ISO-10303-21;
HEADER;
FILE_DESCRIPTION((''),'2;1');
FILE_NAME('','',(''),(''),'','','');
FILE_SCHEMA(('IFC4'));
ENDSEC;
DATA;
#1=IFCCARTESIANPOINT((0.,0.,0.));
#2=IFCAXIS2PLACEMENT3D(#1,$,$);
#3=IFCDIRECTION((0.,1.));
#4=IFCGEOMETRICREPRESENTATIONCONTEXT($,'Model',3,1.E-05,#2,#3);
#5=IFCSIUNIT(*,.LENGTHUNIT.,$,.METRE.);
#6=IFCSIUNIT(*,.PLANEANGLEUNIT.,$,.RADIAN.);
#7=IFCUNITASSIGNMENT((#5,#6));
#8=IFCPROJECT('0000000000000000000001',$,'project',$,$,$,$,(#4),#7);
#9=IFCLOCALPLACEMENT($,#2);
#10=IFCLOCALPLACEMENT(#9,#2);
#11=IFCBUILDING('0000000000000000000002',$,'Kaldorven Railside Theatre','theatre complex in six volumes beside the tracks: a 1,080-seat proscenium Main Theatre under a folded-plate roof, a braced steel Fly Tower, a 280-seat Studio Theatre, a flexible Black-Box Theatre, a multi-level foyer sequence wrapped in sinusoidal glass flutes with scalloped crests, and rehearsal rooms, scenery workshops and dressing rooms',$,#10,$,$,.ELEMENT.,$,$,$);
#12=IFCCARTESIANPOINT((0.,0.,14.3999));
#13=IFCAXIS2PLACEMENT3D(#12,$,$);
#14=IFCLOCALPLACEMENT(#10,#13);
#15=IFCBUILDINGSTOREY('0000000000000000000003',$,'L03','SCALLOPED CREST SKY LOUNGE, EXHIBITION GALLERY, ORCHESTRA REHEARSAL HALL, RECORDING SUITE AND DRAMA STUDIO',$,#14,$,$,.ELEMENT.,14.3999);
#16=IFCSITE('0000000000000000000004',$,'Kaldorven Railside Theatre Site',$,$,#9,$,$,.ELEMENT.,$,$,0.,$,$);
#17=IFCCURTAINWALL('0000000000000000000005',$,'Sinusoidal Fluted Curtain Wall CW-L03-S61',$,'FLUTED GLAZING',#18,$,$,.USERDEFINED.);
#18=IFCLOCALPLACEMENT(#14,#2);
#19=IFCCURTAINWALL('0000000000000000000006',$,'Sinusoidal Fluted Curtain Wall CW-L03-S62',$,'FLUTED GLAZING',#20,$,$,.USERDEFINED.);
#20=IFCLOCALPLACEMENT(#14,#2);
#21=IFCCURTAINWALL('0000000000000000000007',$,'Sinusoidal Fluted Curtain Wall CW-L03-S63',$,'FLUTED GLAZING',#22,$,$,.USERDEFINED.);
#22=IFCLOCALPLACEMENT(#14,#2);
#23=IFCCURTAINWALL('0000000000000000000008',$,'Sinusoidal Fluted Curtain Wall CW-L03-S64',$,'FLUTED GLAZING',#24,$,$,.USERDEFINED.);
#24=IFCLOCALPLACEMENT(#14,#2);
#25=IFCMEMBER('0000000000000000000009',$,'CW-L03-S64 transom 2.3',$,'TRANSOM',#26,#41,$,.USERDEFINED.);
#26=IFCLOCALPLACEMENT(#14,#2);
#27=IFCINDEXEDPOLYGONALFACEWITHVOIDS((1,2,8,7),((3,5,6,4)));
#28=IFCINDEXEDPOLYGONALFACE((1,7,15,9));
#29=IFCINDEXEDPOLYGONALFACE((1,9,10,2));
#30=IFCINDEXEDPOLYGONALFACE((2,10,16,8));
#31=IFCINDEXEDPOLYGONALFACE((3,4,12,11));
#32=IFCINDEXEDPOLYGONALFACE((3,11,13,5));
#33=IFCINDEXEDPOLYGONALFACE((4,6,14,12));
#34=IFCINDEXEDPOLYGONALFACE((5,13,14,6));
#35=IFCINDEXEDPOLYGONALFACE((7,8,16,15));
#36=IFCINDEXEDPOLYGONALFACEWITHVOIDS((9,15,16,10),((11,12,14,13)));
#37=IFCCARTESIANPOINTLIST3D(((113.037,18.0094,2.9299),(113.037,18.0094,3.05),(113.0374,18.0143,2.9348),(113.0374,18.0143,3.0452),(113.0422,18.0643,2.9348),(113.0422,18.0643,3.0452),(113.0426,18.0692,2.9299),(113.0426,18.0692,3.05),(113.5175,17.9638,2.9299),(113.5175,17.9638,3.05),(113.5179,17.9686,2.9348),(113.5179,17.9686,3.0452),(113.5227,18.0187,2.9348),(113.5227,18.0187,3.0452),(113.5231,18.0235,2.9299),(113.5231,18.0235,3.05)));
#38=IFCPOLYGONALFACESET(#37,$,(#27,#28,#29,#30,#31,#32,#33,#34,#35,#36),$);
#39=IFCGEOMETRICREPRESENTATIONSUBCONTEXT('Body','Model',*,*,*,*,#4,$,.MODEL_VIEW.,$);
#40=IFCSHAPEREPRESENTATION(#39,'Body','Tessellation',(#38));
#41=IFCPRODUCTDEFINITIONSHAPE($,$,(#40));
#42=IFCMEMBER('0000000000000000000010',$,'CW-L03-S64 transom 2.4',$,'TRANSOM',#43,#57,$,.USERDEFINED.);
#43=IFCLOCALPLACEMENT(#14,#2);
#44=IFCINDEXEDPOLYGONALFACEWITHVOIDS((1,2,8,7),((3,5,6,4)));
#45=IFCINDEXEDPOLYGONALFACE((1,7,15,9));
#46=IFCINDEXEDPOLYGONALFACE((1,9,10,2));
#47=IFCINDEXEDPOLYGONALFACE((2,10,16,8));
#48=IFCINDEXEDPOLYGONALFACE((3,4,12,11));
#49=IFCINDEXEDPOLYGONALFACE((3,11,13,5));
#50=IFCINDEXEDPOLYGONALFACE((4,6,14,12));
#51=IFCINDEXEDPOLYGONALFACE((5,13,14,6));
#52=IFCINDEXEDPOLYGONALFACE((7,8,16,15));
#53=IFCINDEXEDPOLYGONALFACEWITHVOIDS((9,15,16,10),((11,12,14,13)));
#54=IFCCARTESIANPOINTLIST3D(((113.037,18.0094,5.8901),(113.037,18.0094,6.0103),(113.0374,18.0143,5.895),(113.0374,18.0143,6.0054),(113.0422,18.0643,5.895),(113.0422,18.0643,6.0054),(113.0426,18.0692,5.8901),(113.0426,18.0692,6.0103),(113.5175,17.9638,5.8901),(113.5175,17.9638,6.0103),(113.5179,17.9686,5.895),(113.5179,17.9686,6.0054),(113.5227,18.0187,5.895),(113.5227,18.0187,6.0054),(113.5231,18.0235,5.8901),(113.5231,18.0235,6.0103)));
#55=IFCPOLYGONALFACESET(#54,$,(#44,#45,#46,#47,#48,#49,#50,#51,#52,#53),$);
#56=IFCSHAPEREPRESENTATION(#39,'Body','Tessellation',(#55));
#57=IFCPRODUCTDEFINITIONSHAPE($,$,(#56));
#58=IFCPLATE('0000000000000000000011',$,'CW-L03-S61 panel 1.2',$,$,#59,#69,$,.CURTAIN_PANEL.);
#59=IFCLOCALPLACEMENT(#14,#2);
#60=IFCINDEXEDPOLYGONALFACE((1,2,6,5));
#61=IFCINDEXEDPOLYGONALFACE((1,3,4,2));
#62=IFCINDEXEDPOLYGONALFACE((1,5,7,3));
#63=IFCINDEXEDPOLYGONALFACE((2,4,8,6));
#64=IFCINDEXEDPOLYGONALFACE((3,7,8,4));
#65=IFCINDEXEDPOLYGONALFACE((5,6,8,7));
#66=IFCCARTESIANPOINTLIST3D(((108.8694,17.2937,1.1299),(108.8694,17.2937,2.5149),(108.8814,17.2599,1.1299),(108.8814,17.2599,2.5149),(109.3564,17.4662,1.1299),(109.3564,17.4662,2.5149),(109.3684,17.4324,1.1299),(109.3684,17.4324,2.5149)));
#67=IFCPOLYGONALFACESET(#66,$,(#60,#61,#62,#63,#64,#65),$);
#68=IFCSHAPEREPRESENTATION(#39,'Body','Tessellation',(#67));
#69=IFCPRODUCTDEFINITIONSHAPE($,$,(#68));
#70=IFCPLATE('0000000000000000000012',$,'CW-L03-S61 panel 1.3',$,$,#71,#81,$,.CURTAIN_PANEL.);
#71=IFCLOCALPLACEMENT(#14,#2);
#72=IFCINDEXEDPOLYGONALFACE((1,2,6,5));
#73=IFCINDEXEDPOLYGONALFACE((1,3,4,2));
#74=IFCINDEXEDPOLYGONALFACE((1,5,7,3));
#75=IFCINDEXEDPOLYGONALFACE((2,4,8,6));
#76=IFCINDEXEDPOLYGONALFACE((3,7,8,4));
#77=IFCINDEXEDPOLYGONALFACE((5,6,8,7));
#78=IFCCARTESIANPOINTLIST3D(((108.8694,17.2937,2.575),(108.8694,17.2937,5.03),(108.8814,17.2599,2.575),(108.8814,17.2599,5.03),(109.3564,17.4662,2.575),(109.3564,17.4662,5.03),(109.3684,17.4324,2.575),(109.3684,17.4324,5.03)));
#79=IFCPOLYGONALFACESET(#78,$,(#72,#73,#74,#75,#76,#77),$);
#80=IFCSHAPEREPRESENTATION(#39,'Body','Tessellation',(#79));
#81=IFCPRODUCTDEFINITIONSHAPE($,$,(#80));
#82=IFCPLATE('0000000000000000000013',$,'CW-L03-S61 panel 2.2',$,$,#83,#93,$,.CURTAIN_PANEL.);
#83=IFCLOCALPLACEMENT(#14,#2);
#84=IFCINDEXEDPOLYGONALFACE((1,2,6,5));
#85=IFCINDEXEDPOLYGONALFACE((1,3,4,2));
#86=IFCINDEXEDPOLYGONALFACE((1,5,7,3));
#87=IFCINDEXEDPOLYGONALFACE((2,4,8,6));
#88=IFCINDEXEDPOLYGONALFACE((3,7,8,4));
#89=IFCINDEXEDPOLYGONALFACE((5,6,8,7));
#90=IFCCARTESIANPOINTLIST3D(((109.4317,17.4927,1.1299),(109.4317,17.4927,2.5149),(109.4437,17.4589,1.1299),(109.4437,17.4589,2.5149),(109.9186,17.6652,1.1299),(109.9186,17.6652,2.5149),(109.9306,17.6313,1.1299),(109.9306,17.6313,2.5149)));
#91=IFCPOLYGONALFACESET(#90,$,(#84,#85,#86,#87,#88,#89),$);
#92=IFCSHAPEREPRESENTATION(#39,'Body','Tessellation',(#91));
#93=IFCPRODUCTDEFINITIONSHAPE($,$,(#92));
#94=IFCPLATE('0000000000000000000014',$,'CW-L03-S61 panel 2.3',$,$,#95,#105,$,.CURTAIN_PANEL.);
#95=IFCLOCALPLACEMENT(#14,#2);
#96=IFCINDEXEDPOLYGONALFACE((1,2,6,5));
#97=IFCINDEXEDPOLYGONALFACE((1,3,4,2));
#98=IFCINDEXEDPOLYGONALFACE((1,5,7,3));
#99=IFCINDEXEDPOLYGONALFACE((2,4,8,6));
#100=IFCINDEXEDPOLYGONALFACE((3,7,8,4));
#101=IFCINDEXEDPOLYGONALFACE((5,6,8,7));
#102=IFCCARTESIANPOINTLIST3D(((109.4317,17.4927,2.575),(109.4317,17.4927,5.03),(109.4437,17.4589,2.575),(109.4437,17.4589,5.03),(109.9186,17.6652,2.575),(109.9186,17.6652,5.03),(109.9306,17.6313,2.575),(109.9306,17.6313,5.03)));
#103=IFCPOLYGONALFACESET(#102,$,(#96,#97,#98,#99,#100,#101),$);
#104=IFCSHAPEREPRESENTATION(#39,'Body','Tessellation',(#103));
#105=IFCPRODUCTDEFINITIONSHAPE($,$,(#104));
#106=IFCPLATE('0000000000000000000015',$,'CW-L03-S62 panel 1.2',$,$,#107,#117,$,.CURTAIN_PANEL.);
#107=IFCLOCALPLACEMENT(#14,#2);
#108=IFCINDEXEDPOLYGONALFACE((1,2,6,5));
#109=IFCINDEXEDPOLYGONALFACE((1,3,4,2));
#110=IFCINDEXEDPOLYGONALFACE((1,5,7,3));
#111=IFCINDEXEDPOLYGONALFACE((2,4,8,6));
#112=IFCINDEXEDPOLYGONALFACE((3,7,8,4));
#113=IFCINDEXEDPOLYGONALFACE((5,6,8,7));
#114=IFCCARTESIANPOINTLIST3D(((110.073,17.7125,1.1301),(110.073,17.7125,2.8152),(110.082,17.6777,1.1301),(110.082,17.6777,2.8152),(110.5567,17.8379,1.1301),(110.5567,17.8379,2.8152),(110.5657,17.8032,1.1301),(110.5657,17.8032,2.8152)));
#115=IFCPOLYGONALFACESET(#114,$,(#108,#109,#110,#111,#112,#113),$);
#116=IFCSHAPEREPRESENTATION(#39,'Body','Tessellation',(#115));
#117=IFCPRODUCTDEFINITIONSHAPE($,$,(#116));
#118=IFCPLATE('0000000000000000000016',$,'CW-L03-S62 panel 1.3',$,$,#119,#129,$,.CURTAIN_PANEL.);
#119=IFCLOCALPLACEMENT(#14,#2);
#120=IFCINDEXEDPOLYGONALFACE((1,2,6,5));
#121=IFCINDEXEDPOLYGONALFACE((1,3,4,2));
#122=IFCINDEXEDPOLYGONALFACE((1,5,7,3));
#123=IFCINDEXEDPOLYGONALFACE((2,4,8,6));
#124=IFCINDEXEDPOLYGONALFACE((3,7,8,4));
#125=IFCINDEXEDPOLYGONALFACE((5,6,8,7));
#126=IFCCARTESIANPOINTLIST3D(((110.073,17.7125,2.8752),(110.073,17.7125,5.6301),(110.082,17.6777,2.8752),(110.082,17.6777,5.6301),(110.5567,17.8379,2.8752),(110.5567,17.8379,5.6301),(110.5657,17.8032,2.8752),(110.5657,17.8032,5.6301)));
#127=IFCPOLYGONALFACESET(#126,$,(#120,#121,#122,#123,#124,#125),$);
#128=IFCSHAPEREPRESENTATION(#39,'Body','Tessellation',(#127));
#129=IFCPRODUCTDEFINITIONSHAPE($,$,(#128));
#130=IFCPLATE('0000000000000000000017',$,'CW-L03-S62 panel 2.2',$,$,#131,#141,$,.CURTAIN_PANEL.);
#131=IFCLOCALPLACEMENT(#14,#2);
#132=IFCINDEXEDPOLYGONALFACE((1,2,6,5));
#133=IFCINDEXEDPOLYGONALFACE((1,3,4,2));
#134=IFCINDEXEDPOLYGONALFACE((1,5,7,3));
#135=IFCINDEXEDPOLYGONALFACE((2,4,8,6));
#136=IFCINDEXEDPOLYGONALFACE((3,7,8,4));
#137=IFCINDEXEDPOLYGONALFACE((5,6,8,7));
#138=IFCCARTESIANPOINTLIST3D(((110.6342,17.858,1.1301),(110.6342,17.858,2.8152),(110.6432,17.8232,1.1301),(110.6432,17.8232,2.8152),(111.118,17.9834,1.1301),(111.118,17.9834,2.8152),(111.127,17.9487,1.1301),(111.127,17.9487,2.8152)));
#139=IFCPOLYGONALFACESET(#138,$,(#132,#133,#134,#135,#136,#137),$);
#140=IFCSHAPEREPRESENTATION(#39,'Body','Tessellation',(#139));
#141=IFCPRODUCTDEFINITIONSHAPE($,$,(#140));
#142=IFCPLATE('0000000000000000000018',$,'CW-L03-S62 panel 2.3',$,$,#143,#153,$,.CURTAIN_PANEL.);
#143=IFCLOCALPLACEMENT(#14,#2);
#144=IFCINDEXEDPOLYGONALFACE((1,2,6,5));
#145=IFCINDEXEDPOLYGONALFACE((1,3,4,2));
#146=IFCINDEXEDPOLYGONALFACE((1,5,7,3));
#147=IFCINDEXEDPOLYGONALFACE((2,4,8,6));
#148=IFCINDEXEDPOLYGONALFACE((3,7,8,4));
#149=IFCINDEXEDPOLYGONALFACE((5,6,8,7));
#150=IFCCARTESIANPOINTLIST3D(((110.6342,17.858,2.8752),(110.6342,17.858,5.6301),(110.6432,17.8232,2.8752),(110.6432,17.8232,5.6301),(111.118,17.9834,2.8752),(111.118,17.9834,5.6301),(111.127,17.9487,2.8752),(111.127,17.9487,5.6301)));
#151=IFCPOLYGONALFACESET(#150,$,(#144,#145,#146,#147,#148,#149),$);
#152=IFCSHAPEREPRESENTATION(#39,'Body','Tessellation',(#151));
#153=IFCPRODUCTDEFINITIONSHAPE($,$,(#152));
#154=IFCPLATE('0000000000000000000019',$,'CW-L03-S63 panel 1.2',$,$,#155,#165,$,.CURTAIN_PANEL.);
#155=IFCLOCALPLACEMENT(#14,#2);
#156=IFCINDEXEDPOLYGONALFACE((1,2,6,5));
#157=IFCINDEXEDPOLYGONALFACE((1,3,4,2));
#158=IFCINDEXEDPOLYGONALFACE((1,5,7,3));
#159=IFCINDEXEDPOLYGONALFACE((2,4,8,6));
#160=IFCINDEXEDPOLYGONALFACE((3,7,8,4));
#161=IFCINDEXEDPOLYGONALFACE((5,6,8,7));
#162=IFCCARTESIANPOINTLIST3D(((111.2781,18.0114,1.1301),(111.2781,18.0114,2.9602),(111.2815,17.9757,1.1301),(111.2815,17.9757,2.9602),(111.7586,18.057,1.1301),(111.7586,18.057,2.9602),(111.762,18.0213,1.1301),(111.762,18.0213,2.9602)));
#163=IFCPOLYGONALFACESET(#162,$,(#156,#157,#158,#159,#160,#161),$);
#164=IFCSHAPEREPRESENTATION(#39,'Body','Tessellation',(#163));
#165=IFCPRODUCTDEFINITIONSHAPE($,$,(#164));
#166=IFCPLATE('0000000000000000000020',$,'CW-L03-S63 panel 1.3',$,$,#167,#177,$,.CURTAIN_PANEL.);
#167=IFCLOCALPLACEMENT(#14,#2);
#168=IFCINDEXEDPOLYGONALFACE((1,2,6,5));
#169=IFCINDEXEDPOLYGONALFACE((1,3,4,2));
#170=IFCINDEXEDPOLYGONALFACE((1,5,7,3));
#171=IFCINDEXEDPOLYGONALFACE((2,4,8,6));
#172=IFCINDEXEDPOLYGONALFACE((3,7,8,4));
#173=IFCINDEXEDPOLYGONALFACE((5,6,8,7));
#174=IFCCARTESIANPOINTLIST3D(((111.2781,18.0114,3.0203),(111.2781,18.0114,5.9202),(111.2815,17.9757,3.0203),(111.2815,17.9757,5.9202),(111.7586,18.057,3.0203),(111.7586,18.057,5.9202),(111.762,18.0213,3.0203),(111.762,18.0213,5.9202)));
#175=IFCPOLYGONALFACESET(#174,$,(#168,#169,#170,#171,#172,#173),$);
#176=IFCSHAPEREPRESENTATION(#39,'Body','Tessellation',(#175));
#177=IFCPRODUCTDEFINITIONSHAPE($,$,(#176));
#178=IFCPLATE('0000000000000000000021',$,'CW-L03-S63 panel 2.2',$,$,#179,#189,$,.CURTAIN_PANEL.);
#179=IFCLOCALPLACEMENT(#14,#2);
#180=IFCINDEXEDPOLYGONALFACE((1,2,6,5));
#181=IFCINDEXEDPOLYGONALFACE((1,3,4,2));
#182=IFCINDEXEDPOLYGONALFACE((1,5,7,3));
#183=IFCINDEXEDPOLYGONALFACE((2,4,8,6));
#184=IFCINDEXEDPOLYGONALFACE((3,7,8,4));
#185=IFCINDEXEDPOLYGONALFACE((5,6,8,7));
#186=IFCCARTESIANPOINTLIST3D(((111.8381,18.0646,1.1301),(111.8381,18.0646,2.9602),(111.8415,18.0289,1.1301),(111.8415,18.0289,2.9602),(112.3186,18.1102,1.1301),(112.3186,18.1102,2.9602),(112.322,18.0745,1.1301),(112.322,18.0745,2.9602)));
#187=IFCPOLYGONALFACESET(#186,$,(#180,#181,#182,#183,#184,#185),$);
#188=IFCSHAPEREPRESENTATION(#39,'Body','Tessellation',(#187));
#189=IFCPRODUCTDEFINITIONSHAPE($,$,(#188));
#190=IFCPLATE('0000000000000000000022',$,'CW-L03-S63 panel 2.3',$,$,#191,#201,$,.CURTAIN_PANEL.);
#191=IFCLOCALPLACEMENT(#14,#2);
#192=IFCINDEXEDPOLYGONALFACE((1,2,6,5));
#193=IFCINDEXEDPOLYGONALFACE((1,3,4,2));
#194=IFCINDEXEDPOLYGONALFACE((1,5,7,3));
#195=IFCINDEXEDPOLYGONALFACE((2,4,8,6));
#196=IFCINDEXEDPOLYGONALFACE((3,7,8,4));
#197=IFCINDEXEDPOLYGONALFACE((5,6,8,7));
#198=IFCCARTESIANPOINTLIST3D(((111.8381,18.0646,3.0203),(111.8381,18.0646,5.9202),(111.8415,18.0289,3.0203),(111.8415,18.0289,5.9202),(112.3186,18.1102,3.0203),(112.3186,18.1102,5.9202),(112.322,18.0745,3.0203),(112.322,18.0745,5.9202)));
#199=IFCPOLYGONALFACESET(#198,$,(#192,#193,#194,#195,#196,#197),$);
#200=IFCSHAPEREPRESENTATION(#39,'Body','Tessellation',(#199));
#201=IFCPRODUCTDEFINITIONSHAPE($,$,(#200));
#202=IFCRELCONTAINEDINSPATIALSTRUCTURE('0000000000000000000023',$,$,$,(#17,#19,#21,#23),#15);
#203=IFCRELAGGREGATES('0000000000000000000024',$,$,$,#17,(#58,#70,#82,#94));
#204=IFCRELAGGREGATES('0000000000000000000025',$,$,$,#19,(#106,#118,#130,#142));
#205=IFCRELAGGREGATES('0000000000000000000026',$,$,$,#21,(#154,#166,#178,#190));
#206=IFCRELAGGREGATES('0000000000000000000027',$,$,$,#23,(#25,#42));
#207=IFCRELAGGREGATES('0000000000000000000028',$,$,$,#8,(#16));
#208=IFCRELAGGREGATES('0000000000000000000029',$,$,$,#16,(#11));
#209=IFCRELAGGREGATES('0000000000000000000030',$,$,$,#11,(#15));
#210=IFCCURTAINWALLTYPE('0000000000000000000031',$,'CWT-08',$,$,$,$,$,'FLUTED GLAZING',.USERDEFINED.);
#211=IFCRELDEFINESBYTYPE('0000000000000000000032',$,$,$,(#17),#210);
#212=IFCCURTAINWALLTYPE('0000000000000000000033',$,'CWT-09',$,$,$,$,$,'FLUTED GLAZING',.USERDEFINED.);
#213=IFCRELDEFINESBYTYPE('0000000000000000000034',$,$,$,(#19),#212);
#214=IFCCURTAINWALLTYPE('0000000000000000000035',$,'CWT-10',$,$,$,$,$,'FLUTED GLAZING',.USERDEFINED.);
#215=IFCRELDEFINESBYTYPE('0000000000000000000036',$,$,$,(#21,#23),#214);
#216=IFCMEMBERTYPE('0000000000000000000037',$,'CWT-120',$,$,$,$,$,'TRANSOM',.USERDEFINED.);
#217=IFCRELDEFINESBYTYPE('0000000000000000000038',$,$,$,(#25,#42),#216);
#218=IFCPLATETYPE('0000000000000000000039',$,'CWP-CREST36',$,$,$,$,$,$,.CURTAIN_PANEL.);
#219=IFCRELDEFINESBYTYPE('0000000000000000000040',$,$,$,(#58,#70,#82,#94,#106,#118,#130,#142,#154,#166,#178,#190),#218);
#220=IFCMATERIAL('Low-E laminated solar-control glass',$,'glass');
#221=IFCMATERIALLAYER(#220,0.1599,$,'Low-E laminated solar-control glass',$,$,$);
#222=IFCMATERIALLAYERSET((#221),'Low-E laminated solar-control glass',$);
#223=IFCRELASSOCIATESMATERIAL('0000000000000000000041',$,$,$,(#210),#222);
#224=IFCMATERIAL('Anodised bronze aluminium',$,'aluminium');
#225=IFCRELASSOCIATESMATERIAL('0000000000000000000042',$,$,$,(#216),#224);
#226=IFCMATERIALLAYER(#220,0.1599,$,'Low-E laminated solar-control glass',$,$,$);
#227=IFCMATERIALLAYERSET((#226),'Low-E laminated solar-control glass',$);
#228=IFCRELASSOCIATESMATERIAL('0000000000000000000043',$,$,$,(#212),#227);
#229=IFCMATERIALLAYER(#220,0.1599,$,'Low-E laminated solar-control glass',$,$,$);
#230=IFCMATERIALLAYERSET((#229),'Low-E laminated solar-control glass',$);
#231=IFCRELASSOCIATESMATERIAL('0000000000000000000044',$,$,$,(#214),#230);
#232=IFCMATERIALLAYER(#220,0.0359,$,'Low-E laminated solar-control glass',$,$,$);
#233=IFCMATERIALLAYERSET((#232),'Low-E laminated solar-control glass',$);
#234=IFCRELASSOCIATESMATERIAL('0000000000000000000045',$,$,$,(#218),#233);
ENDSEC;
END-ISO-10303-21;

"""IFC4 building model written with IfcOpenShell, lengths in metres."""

from ifc_helpers import new_model, si_unit, direction, frame, origin, origin_2d, place, context, subcontext, project, spatial, rectangle, hollow_rectangle, extrude, material, layer, layer_set, material_profile, profile_set, type_object, element, aggregate, save


model = new_model("IFC4")

# Units and contexts
model_context = context("Model", 3, precision=1e-05, world=origin(), true_north=direction((0.0, 1.0)))
body_context = subcontext(model_context, "Body", "Model", "MODEL_VIEW")
ifc_project = project(units=[si_unit("LENGTHUNIT", "METRE"), si_unit("PLANEANGLEUNIT", "RADIAN")], contexts=[model_context])

# Site, building, storey
site_placement = place(None, origin())
site = spatial("IfcSite", under=ifc_project, at=site_placement, Name="Kaldorven Railside Theatre Site", CompositionType="ELEMENT", RefElevation=0.0)
building_placement = place(site_placement, origin())
building = spatial("IfcBuilding", under=site, at=building_placement, Name="Kaldorven Railside Theatre", Description="theatre complex in six volumes beside the tracks: a 1,080-seat proscenium Main Theatre under a folded-plate roof, a braced steel Fly Tower, a 280-seat Studio Theatre, a flexible Black-Box Theatre, a multi-level foyer sequence wrapped in sinusoidal glass flutes with scalloped crests, and rehearsal rooms, scenery workshops and dressing rooms", CompositionType="ELEMENT")
storey_placement = place(building_placement, frame((0.0, 0.0, 14.3999)))
storey = spatial("IfcBuildingStorey", under=building, at=storey_placement, Name="L03", Description="SCALLOPED CREST SKY LOUNGE, EXHIBITION GALLERY, ORCHESTRA REHEARSAL HALL, RECORDING SUITE AND DRAMA STUDIO", CompositionType="ELEMENT", Elevation=14.3999)

# Curtain walls, members
ifc_material_1 = material(Name="Low-E laminated solar-control glass", Category="glass")
ifc_layer_1 = layer(ifc_material_1, 0.1599, Name="Low-E laminated solar-control glass")
ifc_layer_set_1 = layer_set([ifc_layer_1], Name="Low-E laminated solar-control glass")
curtain_wall_type_1 = type_object("IfcCurtainWallType", Name="CWT-08", ElementType="FLUTED GLAZING", PredefinedType="USERDEFINED", material=ifc_layer_set_1)
curtain_wall_1_placement = place(storey_placement, origin())
curtain_wall_1 = element("IfcCurtainWall", 1, at=curtain_wall_1_placement, inside=storey, type_object=curtain_wall_type_1, Name="Sinusoidal Fluted Curtain Wall CW-L03-S61", ObjectType="FLUTED GLAZING", PredefinedType="USERDEFINED")
ifc_material_2 = material(Name="Anodised bronze aluminium", Category="aluminium")
ifc_material_profile = material_profile(ifc_material_2, hollow_rectangle(XDim=0.0601, YDim=0.1201, WallThickness=0.0049, at=origin_2d()), Name="RHS 120x60x5")
ifc_profile_set = profile_set([ifc_material_profile], Name="Anodised bronze aluminium")
member_type = type_object("IfcMemberType", Name="CWT-120", ElementType="TRANSOM", PredefinedType="USERDEFINED", material=ifc_profile_set)
ifc_layer_2 = layer(ifc_material_1, 0.1599, Name="Low-E laminated solar-control glass")
ifc_layer_set_2 = layer_set([ifc_layer_2], Name="Low-E laminated solar-control glass")
curtain_wall_type_2 = type_object("IfcCurtainWallType", Name="CWT-09", ElementType="FLUTED GLAZING", PredefinedType="USERDEFINED", material=ifc_layer_set_2)
curtain_wall_2_placement = place(storey_placement, origin())
curtain_wall_2 = element("IfcCurtainWall", 2, at=curtain_wall_2_placement, inside=storey, type_object=curtain_wall_type_2, Name="Sinusoidal Fluted Curtain Wall CW-L03-S62", ObjectType="FLUTED GLAZING", PredefinedType="USERDEFINED")
ifc_layer_3 = layer(ifc_material_1, 0.1599, Name="Low-E laminated solar-control glass")
ifc_layer_set_3 = layer_set([ifc_layer_3], Name="Low-E laminated solar-control glass")
curtain_wall_type_3 = type_object("IfcCurtainWallType", Name="CWT-10", ElementType="FLUTED GLAZING", PredefinedType="USERDEFINED", material=ifc_layer_set_3)
curtain_wall_3_placement = place(storey_placement, origin())
curtain_wall_3 = element("IfcCurtainWall", 3, at=curtain_wall_3_placement, inside=storey, type_object=curtain_wall_type_3, Name="Sinusoidal Fluted Curtain Wall CW-L03-S63", ObjectType="FLUTED GLAZING", PredefinedType="USERDEFINED")
curtain_wall_4_placement = place(storey_placement, origin())
curtain_wall_4 = element("IfcCurtainWall", 4, at=curtain_wall_4_placement, inside=storey, type_object=curtain_wall_type_3, Name="Sinusoidal Fluted Curtain Wall CW-L03-S64", ObjectType="FLUTED GLAZING", PredefinedType="USERDEFINED")
member_1_placement = place(storey_placement, frame((113.0398, 18.0393, 2.99), z_axis=(0.995516, -0.094594, 0.0), x_axis=(0.094594, 0.995516, 0.0)))
member_1 = element("IfcMember", 5, at=member_1_placement, type_object=member_type, Name="CW-L03-S64 transom 2.3", ObjectType="TRANSOM", PredefinedType="USERDEFINED", context=body_context, shape_type="SweptSolid", body=[
    extrude(hollow_rectangle(XDim=0.0601, YDim=0.1201, WallThickness=0.0049, at=origin_2d()), origin(), (0.0, 0.0, 1.0), 0.4827),
])
member_2_placement = place(storey_placement, frame((113.0398, 18.0393, 5.9502), z_axis=(0.995516, -0.094594, 0.0), x_axis=(0.094594, 0.995516, 0.0)))
member_2 = element("IfcMember", 6, at=member_2_placement, type_object=member_type, Name="CW-L03-S64 transom 2.4", ObjectType="TRANSOM", PredefinedType="USERDEFINED", context=body_context, shape_type="SweptSolid", body=[
    extrude(hollow_rectangle(XDim=0.0601, YDim=0.1201, WallThickness=0.0049, at=origin_2d()), origin(), (0.0, 0.0, 1.0), 0.4827),
])

# Plates
ifc_layer_4 = layer(ifc_material_1, 0.0359, Name="Low-E laminated solar-control glass")
ifc_layer_set_4 = layer_set([ifc_layer_4], Name="Low-E laminated solar-control glass")
plate_type = type_object("IfcPlateType", Name="CWP-CREST36", PredefinedType="CURTAIN_PANEL", material=ifc_layer_set_4)
plate_1_placement = place(storey_placement, frame((109.1189, 17.363, 1.1299), z_axis=(0.0, 0.0, 1.0), x_axis=(0.942627, 0.333847, 0.0)))
plate_1 = element("IfcPlate", 7, at=plate_1_placement, type_object=plate_type, Name="CW-L03-S61 panel 1.2", PredefinedType="CURTAIN_PANEL", context=body_context, shape_type="SweptSolid", body=[
    extrude(rectangle(XDim=0.5166, YDim=0.0359, at=origin_2d()), origin(), (0.0, 0.0, 1.0), 1.385),
])
plate_2_placement = place(storey_placement, frame((109.1189, 17.363, 2.575), z_axis=(0.0, 0.0, 1.0), x_axis=(0.942627, 0.333847, 0.0)))
plate_2 = element("IfcPlate", 8, at=plate_2_placement, type_object=plate_type, Name="CW-L03-S61 panel 1.3", PredefinedType="CURTAIN_PANEL", context=body_context, shape_type="SweptSolid", body=[
    extrude(rectangle(XDim=0.5166, YDim=0.0359, at=origin_2d()), origin(), (0.0, 0.0, 1.0), 2.4551),
])
plate_3_placement = place(storey_placement, frame((109.6812, 17.562, 1.1299), z_axis=(0.0, 0.0, 1.0), x_axis=(0.942627, 0.333847, 0.0)))
plate_3 = element("IfcPlate", 9, at=plate_3_placement, type_object=plate_type, Name="CW-L03-S61 panel 2.2", PredefinedType="CURTAIN_PANEL", context=body_context, shape_type="SweptSolid", body=[
    extrude(rectangle(XDim=0.5166, YDim=0.0359, at=origin_2d()), origin(), (0.0, 0.0, 1.0), 1.385),
])
plate_4_placement = place(storey_placement, frame((109.6812, 17.562, 2.575), z_axis=(0.0, 0.0, 1.0), x_axis=(0.942627, 0.333847, 0.0)))
plate_4 = element("IfcPlate", 10, at=plate_4_placement, type_object=plate_type, Name="CW-L03-S61 panel 2.3", PredefinedType="CURTAIN_PANEL", context=body_context, shape_type="SweptSolid", body=[
    extrude(rectangle(XDim=0.5166, YDim=0.0359, at=origin_2d()), origin(), (0.0, 0.0, 1.0), 2.4551),
])
aggregate(curtain_wall_1, [plate_1, plate_2, plate_3, plate_4])
plate_5_placement = place(storey_placement, frame((110.3193, 17.7578, 1.1301), z_axis=(0.0, 0.0, 1.0), x_axis=(0.967999, 0.250954, 0.0)))
plate_5 = element("IfcPlate", 11, at=plate_5_placement, type_object=plate_type, Name="CW-L03-S62 panel 1.2", PredefinedType="CURTAIN_PANEL", context=body_context, shape_type="SweptSolid", body=[
    extrude(rectangle(XDim=0.4998, YDim=0.0359, at=origin_2d()), origin(), (0.0, 0.0, 1.0), 1.6851),
])
plate_6_placement = place(storey_placement, frame((110.3193, 17.7578, 2.8752), z_axis=(0.0, 0.0, 1.0), x_axis=(0.967999, 0.250954, 0.0)))
plate_6 = element("IfcPlate", 12, at=plate_6_placement, type_object=plate_type, Name="CW-L03-S62 panel 1.3", PredefinedType="CURTAIN_PANEL", context=body_context, shape_type="SweptSolid", body=[
    extrude(rectangle(XDim=0.4998, YDim=0.0359, at=origin_2d()), origin(), (0.0, 0.0, 1.0), 2.7549),
])
plate_7_placement = place(storey_placement, frame((110.8806, 17.9033, 1.1301), z_axis=(0.0, 0.0, 1.0), x_axis=(0.967999, 0.250954, 0.0)))
plate_7 = element("IfcPlate", 13, at=plate_7_placement, type_object=plate_type, Name="CW-L03-S62 panel 2.2", PredefinedType="CURTAIN_PANEL", context=body_context, shape_type="SweptSolid", body=[
    extrude(rectangle(XDim=0.4998, YDim=0.0359, at=origin_2d()), origin(), (0.0, 0.0, 1.0), 1.6851),
])
plate_8_placement = place(storey_placement, frame((110.8806, 17.9033, 2.8752), z_axis=(0.0, 0.0, 1.0), x_axis=(0.967999, 0.250954, 0.0)))
plate_8 = element("IfcPlate", 14, at=plate_8_placement, type_object=plate_type, Name="CW-L03-S62 panel 2.3", PredefinedType="CURTAIN_PANEL", context=body_context, shape_type="SweptSolid", body=[
    extrude(rectangle(XDim=0.4998, YDim=0.0359, at=origin_2d()), origin(), (0.0, 0.0, 1.0), 2.7549),
])
aggregate(curtain_wall_2, [plate_5, plate_6, plate_7, plate_8])
plate_9_placement = place(storey_placement, frame((111.52, 18.0164, 1.1301), z_axis=(0.0, 0.0, 1.0), x_axis=(0.995526, 0.094492, 0.0)))
plate_9 = element("IfcPlate", 15, at=plate_9_placement, type_object=plate_type, Name="CW-L03-S63 panel 1.2", PredefinedType="CURTAIN_PANEL", context=body_context, shape_type="SweptSolid", body=[
    extrude(rectangle(XDim=0.4827, YDim=0.0359, at=origin_2d()), origin(), (0.0, 0.0, 1.0), 1.8301),
])
plate_10_placement = place(storey_placement, frame((111.52, 18.0164, 3.0203), z_axis=(0.0, 0.0, 1.0), x_axis=(0.995526, 0.094492, 0.0)))
plate_10 = element("IfcPlate", 16, at=plate_10_placement, type_object=plate_type, Name="CW-L03-S63 panel 1.3", PredefinedType="CURTAIN_PANEL", context=body_context, shape_type="SweptSolid", body=[
    extrude(rectangle(XDim=0.4827, YDim=0.0359, at=origin_2d()), origin(), (0.0, 0.0, 1.0), 2.8999),
])
plate_11_placement = place(storey_placement, frame((112.0801, 18.0696, 1.1301), z_axis=(0.0, 0.0, 1.0), x_axis=(0.995526, 0.094492, 0.0)))
plate_11 = element("IfcPlate", 17, at=plate_11_placement, type_object=plate_type, Name="CW-L03-S63 panel 2.2", PredefinedType="CURTAIN_PANEL", context=body_context, shape_type="SweptSolid", body=[
    extrude(rectangle(XDim=0.4827, YDim=0.0359, at=origin_2d()), origin(), (0.0, 0.0, 1.0), 1.8301),
])
plate_12_placement = place(storey_placement, frame((112.0801, 18.0696, 3.0203), z_axis=(0.0, 0.0, 1.0), x_axis=(0.995526, 0.094492, 0.0)))
plate_12 = element("IfcPlate", 18, at=plate_12_placement, type_object=plate_type, Name="CW-L03-S63 panel 2.3", PredefinedType="CURTAIN_PANEL", context=body_context, shape_type="SweptSolid", body=[
    extrude(rectangle(XDim=0.4827, YDim=0.0359, at=origin_2d()), origin(), (0.0, 0.0, 1.0), 2.8999),
])
aggregate(curtain_wall_3, [plate_9, plate_10, plate_11, plate_12])
aggregate(curtain_wall_4, [member_1, member_2])

save(model, "model.ifc")
